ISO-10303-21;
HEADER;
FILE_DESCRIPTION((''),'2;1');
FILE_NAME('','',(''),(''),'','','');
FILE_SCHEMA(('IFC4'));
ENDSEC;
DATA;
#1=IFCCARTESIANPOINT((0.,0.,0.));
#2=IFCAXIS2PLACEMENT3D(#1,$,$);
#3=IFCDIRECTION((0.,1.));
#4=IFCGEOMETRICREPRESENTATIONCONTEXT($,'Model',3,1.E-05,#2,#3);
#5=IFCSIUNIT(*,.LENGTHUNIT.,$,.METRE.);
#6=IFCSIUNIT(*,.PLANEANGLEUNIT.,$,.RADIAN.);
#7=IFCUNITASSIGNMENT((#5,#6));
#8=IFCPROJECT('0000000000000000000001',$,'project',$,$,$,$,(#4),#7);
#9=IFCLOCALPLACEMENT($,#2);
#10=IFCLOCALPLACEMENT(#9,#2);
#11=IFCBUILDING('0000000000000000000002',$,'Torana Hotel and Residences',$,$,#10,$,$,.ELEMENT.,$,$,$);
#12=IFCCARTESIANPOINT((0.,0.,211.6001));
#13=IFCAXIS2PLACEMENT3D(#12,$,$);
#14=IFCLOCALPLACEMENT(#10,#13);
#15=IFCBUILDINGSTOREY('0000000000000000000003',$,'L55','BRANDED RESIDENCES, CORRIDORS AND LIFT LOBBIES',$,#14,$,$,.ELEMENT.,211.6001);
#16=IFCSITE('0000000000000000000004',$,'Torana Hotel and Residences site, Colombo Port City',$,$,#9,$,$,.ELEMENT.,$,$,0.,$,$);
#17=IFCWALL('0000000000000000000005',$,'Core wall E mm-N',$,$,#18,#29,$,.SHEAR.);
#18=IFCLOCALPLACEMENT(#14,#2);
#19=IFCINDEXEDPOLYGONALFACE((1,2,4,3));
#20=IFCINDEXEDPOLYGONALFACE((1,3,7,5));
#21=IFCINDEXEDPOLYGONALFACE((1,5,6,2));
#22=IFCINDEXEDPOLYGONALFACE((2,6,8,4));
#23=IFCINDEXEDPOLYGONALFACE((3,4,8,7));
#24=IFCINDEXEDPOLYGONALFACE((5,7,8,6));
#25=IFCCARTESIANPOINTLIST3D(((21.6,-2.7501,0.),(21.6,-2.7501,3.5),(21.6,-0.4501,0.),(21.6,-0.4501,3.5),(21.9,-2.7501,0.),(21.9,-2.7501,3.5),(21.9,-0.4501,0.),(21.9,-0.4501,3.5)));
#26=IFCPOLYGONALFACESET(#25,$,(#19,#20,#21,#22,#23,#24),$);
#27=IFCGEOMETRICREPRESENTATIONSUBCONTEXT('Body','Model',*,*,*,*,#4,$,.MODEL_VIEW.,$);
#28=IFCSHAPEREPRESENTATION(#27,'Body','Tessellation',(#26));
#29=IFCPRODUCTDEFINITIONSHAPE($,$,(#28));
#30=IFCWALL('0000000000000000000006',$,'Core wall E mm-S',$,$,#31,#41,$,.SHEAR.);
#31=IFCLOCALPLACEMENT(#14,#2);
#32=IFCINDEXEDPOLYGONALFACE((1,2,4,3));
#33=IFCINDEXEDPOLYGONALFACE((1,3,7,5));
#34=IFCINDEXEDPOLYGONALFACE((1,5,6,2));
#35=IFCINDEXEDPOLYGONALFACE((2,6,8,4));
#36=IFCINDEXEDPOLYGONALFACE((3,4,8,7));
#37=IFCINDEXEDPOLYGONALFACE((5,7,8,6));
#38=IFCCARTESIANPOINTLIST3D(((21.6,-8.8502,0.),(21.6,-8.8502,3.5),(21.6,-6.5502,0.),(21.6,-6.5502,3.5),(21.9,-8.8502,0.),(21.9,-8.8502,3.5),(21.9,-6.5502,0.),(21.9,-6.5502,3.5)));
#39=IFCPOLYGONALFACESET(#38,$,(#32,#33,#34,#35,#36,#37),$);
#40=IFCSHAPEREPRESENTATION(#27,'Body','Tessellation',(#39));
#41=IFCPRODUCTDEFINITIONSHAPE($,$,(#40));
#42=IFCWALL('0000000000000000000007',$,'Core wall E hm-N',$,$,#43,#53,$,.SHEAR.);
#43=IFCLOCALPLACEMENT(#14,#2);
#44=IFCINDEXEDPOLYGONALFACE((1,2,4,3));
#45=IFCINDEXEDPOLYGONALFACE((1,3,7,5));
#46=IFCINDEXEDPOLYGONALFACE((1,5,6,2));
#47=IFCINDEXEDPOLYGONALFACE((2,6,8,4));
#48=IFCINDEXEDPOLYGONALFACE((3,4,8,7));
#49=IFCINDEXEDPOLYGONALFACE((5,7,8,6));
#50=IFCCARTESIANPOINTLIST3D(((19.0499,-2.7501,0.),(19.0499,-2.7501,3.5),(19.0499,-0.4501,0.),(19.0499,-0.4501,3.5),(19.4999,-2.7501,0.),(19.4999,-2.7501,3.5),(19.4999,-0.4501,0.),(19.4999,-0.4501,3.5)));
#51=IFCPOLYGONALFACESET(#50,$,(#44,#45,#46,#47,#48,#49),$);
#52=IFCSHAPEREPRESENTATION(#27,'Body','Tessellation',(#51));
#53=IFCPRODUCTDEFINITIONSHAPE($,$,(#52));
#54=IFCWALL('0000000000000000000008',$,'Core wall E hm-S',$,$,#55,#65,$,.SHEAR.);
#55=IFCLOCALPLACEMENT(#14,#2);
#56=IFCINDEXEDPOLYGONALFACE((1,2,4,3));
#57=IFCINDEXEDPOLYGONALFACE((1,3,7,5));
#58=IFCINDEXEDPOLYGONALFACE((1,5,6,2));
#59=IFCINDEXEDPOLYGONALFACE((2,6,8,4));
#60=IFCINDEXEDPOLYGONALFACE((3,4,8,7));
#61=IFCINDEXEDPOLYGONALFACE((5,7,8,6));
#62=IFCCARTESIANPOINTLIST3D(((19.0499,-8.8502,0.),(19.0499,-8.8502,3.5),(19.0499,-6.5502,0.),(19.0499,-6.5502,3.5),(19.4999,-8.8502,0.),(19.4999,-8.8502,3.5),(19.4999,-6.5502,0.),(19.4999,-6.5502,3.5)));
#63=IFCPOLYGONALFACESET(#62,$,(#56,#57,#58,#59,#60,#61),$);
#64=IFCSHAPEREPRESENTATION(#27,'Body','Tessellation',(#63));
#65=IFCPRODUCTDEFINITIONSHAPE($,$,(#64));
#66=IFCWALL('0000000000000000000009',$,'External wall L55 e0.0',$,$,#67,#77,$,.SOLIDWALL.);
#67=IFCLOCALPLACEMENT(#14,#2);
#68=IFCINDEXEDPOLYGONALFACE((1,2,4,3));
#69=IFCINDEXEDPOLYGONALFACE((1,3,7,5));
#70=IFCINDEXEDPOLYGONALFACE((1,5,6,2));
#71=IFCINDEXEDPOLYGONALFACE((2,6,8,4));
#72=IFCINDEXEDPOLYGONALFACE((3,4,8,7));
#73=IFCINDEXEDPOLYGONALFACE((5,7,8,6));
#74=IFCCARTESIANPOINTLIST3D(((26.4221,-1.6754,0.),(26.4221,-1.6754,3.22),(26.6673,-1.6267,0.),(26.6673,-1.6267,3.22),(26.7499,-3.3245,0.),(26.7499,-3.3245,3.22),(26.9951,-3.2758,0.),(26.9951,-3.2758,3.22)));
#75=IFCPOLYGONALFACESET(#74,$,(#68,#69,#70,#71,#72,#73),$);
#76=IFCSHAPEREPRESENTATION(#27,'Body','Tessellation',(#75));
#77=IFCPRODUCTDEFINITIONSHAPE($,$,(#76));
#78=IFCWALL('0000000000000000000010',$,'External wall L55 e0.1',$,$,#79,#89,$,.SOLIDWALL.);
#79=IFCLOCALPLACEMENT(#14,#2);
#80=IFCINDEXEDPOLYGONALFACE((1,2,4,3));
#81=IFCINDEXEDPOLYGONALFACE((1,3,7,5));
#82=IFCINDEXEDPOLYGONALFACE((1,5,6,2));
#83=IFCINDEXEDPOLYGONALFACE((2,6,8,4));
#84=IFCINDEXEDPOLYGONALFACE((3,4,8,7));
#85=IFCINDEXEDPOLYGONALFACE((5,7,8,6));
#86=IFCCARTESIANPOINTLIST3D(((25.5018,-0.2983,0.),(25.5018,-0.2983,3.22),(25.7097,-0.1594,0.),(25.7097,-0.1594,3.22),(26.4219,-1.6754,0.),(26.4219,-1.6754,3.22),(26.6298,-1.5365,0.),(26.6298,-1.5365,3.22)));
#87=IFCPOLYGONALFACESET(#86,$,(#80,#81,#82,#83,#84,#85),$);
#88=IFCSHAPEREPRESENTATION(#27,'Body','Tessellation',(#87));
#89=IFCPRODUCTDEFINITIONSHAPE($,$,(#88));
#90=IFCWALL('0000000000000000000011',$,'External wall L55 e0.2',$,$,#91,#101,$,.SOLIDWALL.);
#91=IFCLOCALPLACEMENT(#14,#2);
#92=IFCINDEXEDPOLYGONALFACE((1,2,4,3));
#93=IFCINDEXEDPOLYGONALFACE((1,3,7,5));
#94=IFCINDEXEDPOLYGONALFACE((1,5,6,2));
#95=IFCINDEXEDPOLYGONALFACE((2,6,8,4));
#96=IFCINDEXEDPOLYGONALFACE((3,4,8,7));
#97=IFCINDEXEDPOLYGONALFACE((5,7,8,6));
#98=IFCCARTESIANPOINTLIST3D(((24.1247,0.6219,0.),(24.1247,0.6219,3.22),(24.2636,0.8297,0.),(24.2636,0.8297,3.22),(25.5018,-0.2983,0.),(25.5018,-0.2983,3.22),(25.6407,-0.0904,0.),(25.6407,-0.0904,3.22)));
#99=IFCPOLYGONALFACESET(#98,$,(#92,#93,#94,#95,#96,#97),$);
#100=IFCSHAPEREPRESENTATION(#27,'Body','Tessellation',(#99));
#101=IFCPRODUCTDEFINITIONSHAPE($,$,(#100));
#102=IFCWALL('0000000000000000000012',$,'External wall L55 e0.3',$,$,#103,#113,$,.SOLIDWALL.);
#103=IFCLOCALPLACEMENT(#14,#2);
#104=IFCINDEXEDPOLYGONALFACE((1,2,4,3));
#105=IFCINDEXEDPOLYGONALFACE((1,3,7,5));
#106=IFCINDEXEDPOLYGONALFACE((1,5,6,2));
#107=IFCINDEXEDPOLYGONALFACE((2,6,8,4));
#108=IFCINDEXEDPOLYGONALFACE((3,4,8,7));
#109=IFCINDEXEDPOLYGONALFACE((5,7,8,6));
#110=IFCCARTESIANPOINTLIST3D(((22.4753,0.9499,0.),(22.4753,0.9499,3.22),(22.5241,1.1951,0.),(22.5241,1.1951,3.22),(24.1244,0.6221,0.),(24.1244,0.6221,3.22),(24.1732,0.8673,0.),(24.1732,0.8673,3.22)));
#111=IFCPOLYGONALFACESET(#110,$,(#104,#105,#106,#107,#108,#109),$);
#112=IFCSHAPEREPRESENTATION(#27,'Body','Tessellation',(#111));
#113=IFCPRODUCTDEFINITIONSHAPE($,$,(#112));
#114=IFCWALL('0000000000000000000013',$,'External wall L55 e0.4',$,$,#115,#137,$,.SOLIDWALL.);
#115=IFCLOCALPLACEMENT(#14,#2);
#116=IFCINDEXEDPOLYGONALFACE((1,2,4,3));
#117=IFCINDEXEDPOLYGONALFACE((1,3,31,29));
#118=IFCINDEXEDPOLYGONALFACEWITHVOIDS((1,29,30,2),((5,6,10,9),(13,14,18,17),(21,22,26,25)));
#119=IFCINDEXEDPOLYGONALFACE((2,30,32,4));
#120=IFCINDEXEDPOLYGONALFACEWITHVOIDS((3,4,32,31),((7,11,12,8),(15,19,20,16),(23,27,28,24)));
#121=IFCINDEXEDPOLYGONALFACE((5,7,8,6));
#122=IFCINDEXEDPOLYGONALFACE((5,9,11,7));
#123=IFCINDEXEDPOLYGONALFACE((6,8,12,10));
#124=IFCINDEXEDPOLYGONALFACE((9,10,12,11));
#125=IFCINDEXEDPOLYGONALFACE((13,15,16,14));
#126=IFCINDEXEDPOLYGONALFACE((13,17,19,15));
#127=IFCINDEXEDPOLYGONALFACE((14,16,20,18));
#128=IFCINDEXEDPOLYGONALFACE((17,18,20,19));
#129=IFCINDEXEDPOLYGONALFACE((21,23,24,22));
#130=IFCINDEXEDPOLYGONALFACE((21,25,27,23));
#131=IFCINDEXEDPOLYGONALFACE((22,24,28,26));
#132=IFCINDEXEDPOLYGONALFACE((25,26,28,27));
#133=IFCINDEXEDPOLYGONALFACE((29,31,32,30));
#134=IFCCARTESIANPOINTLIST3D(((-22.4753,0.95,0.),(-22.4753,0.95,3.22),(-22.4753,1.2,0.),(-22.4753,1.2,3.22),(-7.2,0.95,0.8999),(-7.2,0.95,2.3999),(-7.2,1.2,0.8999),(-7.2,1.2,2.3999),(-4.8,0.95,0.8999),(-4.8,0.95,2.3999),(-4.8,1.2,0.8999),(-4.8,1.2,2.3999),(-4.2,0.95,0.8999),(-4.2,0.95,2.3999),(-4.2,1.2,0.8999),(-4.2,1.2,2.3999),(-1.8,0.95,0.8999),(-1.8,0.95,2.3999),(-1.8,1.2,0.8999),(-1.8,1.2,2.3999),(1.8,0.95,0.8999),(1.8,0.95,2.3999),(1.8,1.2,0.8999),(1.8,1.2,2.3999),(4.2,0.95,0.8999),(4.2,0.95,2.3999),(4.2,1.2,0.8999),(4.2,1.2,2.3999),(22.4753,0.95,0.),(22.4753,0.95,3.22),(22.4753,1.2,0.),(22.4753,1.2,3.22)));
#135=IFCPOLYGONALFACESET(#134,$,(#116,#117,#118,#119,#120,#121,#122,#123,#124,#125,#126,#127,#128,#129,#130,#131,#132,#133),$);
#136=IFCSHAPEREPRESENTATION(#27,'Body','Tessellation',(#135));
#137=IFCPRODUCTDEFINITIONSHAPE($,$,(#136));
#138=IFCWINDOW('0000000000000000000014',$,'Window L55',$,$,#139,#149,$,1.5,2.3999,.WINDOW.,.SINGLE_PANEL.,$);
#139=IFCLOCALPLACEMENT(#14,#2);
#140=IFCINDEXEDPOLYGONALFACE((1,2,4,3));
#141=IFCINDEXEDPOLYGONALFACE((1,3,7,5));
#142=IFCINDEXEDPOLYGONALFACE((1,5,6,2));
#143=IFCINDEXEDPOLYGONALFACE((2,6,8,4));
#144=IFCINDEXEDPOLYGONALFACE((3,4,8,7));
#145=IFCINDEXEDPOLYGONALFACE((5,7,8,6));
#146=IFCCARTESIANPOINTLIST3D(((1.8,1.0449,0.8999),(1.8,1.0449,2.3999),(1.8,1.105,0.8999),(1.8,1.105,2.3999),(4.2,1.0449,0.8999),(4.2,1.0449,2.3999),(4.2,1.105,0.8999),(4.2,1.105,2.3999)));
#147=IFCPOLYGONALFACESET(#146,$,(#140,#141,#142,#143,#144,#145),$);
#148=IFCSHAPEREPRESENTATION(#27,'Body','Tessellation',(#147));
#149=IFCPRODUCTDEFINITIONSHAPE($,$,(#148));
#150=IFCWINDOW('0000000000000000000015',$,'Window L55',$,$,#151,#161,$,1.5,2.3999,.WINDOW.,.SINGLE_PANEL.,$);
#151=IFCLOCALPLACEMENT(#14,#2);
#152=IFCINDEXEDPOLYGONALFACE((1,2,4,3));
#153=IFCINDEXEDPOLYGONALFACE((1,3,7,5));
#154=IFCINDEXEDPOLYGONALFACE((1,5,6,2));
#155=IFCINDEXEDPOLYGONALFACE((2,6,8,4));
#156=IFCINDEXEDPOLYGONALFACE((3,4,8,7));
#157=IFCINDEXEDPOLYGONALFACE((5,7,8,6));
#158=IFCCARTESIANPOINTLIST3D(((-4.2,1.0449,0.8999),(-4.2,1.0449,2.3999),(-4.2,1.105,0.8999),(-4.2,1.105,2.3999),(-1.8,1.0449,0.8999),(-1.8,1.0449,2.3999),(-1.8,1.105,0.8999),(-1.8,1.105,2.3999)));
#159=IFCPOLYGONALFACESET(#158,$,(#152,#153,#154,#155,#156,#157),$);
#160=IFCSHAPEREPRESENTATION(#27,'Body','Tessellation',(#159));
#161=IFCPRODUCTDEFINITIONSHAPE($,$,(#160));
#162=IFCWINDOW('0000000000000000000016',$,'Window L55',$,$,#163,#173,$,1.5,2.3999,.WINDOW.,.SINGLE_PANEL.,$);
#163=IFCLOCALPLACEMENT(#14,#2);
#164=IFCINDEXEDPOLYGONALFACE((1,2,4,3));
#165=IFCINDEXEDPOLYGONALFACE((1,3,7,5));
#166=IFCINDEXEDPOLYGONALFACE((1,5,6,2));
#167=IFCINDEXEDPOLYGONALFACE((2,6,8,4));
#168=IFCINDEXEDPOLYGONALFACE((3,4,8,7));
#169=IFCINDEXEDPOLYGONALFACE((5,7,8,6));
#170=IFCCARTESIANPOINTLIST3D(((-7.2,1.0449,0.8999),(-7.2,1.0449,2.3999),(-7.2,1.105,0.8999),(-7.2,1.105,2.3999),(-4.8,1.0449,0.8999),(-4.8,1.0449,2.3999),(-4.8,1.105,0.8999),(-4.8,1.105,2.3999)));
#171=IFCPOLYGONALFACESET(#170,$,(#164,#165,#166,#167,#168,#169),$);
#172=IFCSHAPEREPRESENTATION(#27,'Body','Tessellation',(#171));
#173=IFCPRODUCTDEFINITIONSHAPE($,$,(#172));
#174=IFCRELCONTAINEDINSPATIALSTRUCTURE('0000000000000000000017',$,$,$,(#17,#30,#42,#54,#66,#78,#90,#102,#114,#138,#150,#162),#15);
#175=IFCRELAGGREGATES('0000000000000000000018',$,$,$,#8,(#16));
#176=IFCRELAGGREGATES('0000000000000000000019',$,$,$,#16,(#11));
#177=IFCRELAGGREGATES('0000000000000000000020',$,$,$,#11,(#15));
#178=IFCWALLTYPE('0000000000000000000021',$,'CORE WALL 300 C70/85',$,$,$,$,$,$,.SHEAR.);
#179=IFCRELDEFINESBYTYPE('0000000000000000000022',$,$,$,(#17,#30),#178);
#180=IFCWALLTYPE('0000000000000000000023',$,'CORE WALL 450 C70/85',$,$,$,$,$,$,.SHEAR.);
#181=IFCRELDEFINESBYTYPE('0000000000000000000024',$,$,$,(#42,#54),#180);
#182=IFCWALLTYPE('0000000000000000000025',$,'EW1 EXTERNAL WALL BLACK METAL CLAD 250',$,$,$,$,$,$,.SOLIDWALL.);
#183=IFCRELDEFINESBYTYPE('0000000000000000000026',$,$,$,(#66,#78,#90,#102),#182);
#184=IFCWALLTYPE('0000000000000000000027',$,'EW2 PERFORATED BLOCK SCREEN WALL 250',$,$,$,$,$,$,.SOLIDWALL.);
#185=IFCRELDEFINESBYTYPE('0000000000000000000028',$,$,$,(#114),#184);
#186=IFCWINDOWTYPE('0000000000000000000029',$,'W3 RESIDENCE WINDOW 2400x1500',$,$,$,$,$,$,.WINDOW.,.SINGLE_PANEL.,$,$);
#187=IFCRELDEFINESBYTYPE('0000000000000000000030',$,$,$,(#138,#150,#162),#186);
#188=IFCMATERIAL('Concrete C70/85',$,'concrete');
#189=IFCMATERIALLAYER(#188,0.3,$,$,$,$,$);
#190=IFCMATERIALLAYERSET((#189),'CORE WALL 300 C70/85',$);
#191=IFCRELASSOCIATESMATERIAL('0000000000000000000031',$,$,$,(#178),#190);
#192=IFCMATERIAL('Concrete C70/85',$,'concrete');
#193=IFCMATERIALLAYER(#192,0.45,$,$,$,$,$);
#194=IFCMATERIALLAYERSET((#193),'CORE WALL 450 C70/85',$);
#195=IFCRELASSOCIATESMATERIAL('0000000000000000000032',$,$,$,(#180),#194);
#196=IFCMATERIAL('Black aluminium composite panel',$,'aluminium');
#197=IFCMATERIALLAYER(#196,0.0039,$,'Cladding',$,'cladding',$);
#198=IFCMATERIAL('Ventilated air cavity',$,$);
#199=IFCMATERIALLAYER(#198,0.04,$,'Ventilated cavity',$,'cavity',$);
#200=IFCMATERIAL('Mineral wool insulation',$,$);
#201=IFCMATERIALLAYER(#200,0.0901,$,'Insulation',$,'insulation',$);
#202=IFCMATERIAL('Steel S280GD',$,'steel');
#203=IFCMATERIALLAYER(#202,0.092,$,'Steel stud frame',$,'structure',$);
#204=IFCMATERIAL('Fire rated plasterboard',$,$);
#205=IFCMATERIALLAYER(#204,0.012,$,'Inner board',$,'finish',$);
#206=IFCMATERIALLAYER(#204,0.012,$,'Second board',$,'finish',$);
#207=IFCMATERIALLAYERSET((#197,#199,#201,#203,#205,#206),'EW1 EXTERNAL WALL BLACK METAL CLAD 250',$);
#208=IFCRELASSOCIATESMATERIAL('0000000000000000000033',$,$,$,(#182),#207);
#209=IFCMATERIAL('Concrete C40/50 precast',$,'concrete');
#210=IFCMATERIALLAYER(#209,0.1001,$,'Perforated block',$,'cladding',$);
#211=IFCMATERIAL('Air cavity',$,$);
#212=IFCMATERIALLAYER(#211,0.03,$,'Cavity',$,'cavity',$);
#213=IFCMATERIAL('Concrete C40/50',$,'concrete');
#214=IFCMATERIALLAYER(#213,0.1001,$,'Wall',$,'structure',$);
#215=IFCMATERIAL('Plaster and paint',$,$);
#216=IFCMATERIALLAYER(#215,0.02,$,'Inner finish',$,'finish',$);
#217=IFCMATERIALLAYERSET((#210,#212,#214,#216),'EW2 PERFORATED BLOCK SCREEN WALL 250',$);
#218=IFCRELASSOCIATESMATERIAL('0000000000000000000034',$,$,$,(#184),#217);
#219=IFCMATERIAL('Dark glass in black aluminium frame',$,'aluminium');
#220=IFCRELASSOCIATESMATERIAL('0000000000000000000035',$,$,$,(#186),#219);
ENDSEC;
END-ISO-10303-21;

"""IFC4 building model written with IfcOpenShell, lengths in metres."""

from ifc_helpers import new_model, si_unit, direction, frame, frame_2d, origin, place, context, subcontext, project, spatial, rectangle, extrude, material, layer, layer_set, type_object, element, fill, save


model = new_model("IFC4")

# Units and contexts
model_context = context("Model", 3, precision=1e-05, world=origin(), true_north=direction((0.0, 1.0)))
body_context = subcontext(model_context, "Body", "Model", "MODEL_VIEW")
ifc_project = project(units=[si_unit("LENGTHUNIT", "METRE"), si_unit("PLANEANGLEUNIT", "RADIAN")], contexts=[model_context])

# Site, building, storey
site_placement = place(None, origin())
site = spatial("IfcSite", under=ifc_project, at=site_placement, Name="Torana Hotel and Residences site, Colombo Port City", CompositionType="ELEMENT", RefElevation=0.0)
building_placement = place(site_placement, origin())
building = spatial("IfcBuilding", under=site, at=building_placement, Name="Torana Hotel and Residences", CompositionType="ELEMENT")
storey_placement = place(building_placement, frame((0.0, 0.0, 211.6001)))
storey = spatial("IfcBuildingStorey", under=building, at=storey_placement, Name="L55", Description="BRANDED RESIDENCES, CORRIDORS AND LIFT LOBBIES", CompositionType="ELEMENT", Elevation=211.6001)

# Walls
ifc_material_1 = material(Name="Concrete C70/85", Category="concrete")
ifc_layer_1 = layer(ifc_material_1, 0.3)
ifc_layer_set_1 = layer_set([ifc_layer_1], Name="CORE WALL 300 C70/85")
wall_type_1 = type_object("IfcWallType", Name="CORE WALL 300 C70/85", PredefinedType="SHEAR", material=ifc_layer_set_1)
for number, where, z_axis, x_axis, name in (
    (1, (21.75, -2.75, 0.0), (0.0, 0.0, 1.0), (0.0, 1.0, 0.0), "Core wall E mm-N"),
    (2, (21.75, -8.8501, 0.0), (0.0, 0.0, 1.0), (0.0, 1.0, 0.0), "Core wall E mm-S"),
):
    element("IfcWall", number, at=place(storey_placement, frame(where, z_axis=z_axis, x_axis=x_axis)), inside=storey, type_object=wall_type_1, Name=name, PredefinedType="SHEAR", context=body_context, shape_type="SweptSolid", body=[
        extrude(rectangle(XDim=2.3, YDim=0.3, at=frame_2d((1.1499, 0.0))), origin(), (0.0, 0.0, 1.0), 3.5),
    ])
ifc_material_2 = material(Name="Concrete C70/85", Category="concrete")
ifc_layer_2 = layer(ifc_material_2, 0.45)
ifc_layer_set_2 = layer_set([ifc_layer_2], Name="CORE WALL 450 C70/85")
wall_type_2 = type_object("IfcWallType", Name="CORE WALL 450 C70/85", PredefinedType="SHEAR", material=ifc_layer_set_2)
for number, where, z_axis, x_axis, name in (
    (3, (19.2749, -2.75, 0.0), (0.0, 0.0, 1.0), (0.0, 1.0, 0.0), "Core wall E hm-N"),
    (4, (19.2749, -8.8501, 0.0), (0.0, 0.0, 1.0), (0.0, 1.0, 0.0), "Core wall E hm-S"),
):
    element("IfcWall", number, at=place(storey_placement, frame(where, z_axis=z_axis, x_axis=x_axis)), inside=storey, type_object=wall_type_2, Name=name, PredefinedType="SHEAR", context=body_context, shape_type="SweptSolid", body=[
        extrude(rectangle(XDim=2.3, YDim=0.45, at=frame_2d((1.1499, 0.0))), origin(), (0.0, 0.0, 1.0), 3.5),
    ])
ifc_material_3 = material(Name="Black aluminium composite panel", Category="aluminium")
ifc_layer_3 = layer(ifc_material_3, 0.0039, Name="Cladding", Category="cladding")
ifc_material_4 = material(Name="Ventilated air cavity")
ifc_layer_4 = layer(ifc_material_4, 0.04, Name="Ventilated cavity", Category="cavity")
ifc_material_5 = material(Name="Mineral wool insulation")
ifc_layer_5 = layer(ifc_material_5, 0.0901, Name="Insulation", Category="insulation")
ifc_material_6 = material(Name="Steel S280GD", Category="steel")
ifc_layer_6 = layer(ifc_material_6, 0.092, Name="Steel stud frame", Category="structure")
ifc_material_7 = material(Name="Fire rated plasterboard")
ifc_layer_7 = layer(ifc_material_7, 0.012, Name="Inner board", Category="finish")
ifc_layer_8 = layer(ifc_material_7, 0.012, Name="Second board", Category="finish")
ifc_layer_set_3 = layer_set([ifc_layer_3, ifc_layer_4, ifc_layer_5, ifc_layer_6, ifc_layer_7, ifc_layer_8], Name="EW1 EXTERNAL WALL BLACK METAL CLAD 250")
wall_type_3 = type_object("IfcWallType", Name="EW1 EXTERNAL WALL BLACK METAL CLAD 250", PredefinedType="SOLIDWALL", material=ifc_layer_set_3)
wall_1_placement = place(storey_placement, frame((26.8726, -3.3003, 0.0), z_axis=(0.0, 0.0, 1.0), x_axis=(-0.194999, 0.980803, 0.0)))
element("IfcWall", 5, at=wall_1_placement, inside=storey, type_object=wall_type_3, Name="External wall L55 e0.0", PredefinedType="SOLIDWALL", context=body_context, shape_type="SweptSolid", body=[
    extrude(rectangle(XDim=1.6814, YDim=0.25, at=frame_2d((0.8408, 0.0))), origin(), (0.0, 0.0, 1.0), 3.22),
])
for number, where, z_axis, x_axis, name in (
    (6, (26.5259, -1.606, 0.0), (0.0, 0.0, 1.0), (-0.55555, 0.831483, 0.0), "External wall L55 e0.1"),
    (7, (25.5713, -0.1943, 0.0), (0.0, 0.0, 1.0), (-0.831483, 0.55555, 0.0), "External wall L55 e0.2"),
):
    element("IfcWall", number, at=place(storey_placement, frame(where, z_axis=z_axis, x_axis=x_axis)), inside=storey, type_object=wall_type_3, Name=name, PredefinedType="SOLIDWALL", context=body_context, shape_type="SweptSolid", body=[
        extrude(rectangle(XDim=1.6562, YDim=0.25, at=frame_2d((0.8281, 0.0))), origin(), (0.0, 0.0, 1.0), 3.22),
    ])
wall_2_placement = place(storey_placement, frame((24.1489, 0.7446, 0.0), z_axis=(0.0, 0.0, 1.0), x_axis=(-0.980803, 0.194999, 0.0)))
element("IfcWall", 8, at=wall_2_placement, inside=storey, type_object=wall_type_3, Name="External wall L55 e0.3", PredefinedType="SOLIDWALL", context=body_context, shape_type="SweptSolid", body=[
    extrude(rectangle(XDim=1.6814, YDim=0.25, at=frame_2d((0.8408, 0.0))), origin(), (0.0, 0.0, 1.0), 3.22),
])

# Wall, openings, windows
ifc_material_8 = material(Name="Concrete C40/50 precast", Category="concrete")
ifc_layer_9 = layer(ifc_material_8, 0.1001, Name="Perforated block", Category="cladding")
ifc_material_9 = material(Name="Air cavity")
ifc_layer_10 = layer(ifc_material_9, 0.03, Name="Cavity", Category="cavity")
ifc_material_10 = material(Name="Concrete C40/50", Category="concrete")
ifc_layer_11 = layer(ifc_material_10, 0.1001, Name="Wall", Category="structure")
ifc_material_11 = material(Name="Plaster and paint")
ifc_layer_12 = layer(ifc_material_11, 0.02, Name="Inner finish", Category="finish")
ifc_layer_set_4 = layer_set([ifc_layer_9, ifc_layer_10, ifc_layer_11, ifc_layer_12], Name="EW2 PERFORATED BLOCK SCREEN WALL 250")
wall_type_4 = type_object("IfcWallType", Name="EW2 PERFORATED BLOCK SCREEN WALL 250", PredefinedType="SOLIDWALL", material=ifc_layer_set_4)
wall_3_placement = place(storey_placement, frame((22.4753, 1.075, 0.0), z_axis=(0.0, 0.0, 1.0), x_axis=(-1.0, 0.0, 0.0)))
wall_3 = element("IfcWall", 9, at=wall_3_placement, inside=storey, type_object=wall_type_4, Name="External wall L55 e0.4", PredefinedType="SOLIDWALL", context=body_context, shape_type="SweptSolid", body=[
    extrude(rectangle(XDim=44.9507, YDim=0.25, at=frame_2d((22.4753, 0.0))), origin(), (0.0, 0.0, 1.0), 3.22),
])
opening_1_placement = place(wall_3_placement, frame((18.2754, 0.0, 0.8999)))
opening_1 = element("IfcOpeningElement", 10, at=opening_1_placement, cuts=wall_3, PredefinedType="OPENING", context=body_context, shape_type="SweptSolid", body=[
    extrude(rectangle(XDim=2.3999, YDim=1.5, at=frame_2d((1.2, 0.75))), frame((0.0, 0.135, 0.0), z_axis=(0.0, -1.0, 0.0), x_axis=(1.0, 0.0, 0.0)), (0.0, 0.0, 1.0), 0.27),
])
opening_2_placement = place(wall_3_placement, frame((24.2754, 0.0, 0.8999)))
opening_2 = element("IfcOpeningElement", 11, at=opening_2_placement, cuts=wall_3, PredefinedType="OPENING", context=body_context, shape_type="SweptSolid", body=[
    extrude(rectangle(XDim=2.3999, YDim=1.5, at=frame_2d((1.2, 0.75))), frame((0.0, 0.135, 0.0), z_axis=(0.0, -1.0, 0.0), x_axis=(1.0, 0.0, 0.0)), (0.0, 0.0, 1.0), 0.27),
])
opening_3_placement = place(wall_3_placement, frame((27.2754, 0.0, 0.8999)))
opening_3 = element("IfcOpeningElement", 12, at=opening_3_placement, cuts=wall_3, PredefinedType="OPENING", context=body_context, shape_type="SweptSolid", body=[
    extrude(rectangle(XDim=2.3999, YDim=1.5, at=frame_2d((1.2, 0.75))), frame((0.0, 0.135, 0.0), z_axis=(0.0, -1.0, 0.0), x_axis=(1.0, 0.0, 0.0)), (0.0, 0.0, 1.0), 0.27),
])
ifc_material_12 = material(Name="Dark glass in black aluminium frame", Category="aluminium")
window_type = type_object("IfcWindowType", Name="W3 RESIDENCE WINDOW 2400x1500", PartitioningType="SINGLE_PANEL", PredefinedType="WINDOW", material=ifc_material_12)
window_1_placement = place(opening_1_placement, origin())
window_1 = element("IfcWindow", 13, at=window_1_placement, inside=storey, type_object=window_type, Name="Window L55", OverallHeight=1.5, OverallWidth=2.3999, PartitioningType="SINGLE_PANEL", PredefinedType="WINDOW", context=body_context, shape_type="SweptSolid", body=[
    extrude(rectangle(XDim=2.3999, YDim=1.5, at=frame_2d((1.2, 0.75))), frame((0.0, 0.03, 0.0), z_axis=(0.0, -1.0, 0.0), x_axis=(1.0, 0.0, 0.0)), (0.0, 0.0, 1.0), 0.0601),
])
fill(opening_1, window_1)
window_2_placement = place(opening_2_placement, origin())
window_2 = element("IfcWindow", 14, at=window_2_placement, inside=storey, type_object=window_type, Name="Window L55", OverallHeight=1.5, OverallWidth=2.3999, PartitioningType="SINGLE_PANEL", PredefinedType="WINDOW", context=body_context, shape_type="SweptSolid", body=[
    extrude(rectangle(XDim=2.3999, YDim=1.5, at=frame_2d((1.2, 0.75))), frame((0.0, 0.03, 0.0), z_axis=(0.0, -1.0, 0.0), x_axis=(1.0, 0.0, 0.0)), (0.0, 0.0, 1.0), 0.0601),
])
fill(opening_2, window_2)
window_3_placement = place(opening_3_placement, origin())
window_3 = element("IfcWindow", 15, at=window_3_placement, inside=storey, type_object=window_type, Name="Window L55", OverallHeight=1.5, OverallWidth=2.3999, PartitioningType="SINGLE_PANEL", PredefinedType="WINDOW", context=body_context, shape_type="SweptSolid", body=[
    extrude(rectangle(XDim=2.3999, YDim=1.5, at=frame_2d((1.2, 0.75))), frame((0.0, 0.03, 0.0), z_axis=(0.0, -1.0, 0.0), x_axis=(1.0, 0.0, 0.0)), (0.0, 0.0, 1.0), 0.0601),
])
fill(opening_3, window_3)

save(model, "model.ifc")
